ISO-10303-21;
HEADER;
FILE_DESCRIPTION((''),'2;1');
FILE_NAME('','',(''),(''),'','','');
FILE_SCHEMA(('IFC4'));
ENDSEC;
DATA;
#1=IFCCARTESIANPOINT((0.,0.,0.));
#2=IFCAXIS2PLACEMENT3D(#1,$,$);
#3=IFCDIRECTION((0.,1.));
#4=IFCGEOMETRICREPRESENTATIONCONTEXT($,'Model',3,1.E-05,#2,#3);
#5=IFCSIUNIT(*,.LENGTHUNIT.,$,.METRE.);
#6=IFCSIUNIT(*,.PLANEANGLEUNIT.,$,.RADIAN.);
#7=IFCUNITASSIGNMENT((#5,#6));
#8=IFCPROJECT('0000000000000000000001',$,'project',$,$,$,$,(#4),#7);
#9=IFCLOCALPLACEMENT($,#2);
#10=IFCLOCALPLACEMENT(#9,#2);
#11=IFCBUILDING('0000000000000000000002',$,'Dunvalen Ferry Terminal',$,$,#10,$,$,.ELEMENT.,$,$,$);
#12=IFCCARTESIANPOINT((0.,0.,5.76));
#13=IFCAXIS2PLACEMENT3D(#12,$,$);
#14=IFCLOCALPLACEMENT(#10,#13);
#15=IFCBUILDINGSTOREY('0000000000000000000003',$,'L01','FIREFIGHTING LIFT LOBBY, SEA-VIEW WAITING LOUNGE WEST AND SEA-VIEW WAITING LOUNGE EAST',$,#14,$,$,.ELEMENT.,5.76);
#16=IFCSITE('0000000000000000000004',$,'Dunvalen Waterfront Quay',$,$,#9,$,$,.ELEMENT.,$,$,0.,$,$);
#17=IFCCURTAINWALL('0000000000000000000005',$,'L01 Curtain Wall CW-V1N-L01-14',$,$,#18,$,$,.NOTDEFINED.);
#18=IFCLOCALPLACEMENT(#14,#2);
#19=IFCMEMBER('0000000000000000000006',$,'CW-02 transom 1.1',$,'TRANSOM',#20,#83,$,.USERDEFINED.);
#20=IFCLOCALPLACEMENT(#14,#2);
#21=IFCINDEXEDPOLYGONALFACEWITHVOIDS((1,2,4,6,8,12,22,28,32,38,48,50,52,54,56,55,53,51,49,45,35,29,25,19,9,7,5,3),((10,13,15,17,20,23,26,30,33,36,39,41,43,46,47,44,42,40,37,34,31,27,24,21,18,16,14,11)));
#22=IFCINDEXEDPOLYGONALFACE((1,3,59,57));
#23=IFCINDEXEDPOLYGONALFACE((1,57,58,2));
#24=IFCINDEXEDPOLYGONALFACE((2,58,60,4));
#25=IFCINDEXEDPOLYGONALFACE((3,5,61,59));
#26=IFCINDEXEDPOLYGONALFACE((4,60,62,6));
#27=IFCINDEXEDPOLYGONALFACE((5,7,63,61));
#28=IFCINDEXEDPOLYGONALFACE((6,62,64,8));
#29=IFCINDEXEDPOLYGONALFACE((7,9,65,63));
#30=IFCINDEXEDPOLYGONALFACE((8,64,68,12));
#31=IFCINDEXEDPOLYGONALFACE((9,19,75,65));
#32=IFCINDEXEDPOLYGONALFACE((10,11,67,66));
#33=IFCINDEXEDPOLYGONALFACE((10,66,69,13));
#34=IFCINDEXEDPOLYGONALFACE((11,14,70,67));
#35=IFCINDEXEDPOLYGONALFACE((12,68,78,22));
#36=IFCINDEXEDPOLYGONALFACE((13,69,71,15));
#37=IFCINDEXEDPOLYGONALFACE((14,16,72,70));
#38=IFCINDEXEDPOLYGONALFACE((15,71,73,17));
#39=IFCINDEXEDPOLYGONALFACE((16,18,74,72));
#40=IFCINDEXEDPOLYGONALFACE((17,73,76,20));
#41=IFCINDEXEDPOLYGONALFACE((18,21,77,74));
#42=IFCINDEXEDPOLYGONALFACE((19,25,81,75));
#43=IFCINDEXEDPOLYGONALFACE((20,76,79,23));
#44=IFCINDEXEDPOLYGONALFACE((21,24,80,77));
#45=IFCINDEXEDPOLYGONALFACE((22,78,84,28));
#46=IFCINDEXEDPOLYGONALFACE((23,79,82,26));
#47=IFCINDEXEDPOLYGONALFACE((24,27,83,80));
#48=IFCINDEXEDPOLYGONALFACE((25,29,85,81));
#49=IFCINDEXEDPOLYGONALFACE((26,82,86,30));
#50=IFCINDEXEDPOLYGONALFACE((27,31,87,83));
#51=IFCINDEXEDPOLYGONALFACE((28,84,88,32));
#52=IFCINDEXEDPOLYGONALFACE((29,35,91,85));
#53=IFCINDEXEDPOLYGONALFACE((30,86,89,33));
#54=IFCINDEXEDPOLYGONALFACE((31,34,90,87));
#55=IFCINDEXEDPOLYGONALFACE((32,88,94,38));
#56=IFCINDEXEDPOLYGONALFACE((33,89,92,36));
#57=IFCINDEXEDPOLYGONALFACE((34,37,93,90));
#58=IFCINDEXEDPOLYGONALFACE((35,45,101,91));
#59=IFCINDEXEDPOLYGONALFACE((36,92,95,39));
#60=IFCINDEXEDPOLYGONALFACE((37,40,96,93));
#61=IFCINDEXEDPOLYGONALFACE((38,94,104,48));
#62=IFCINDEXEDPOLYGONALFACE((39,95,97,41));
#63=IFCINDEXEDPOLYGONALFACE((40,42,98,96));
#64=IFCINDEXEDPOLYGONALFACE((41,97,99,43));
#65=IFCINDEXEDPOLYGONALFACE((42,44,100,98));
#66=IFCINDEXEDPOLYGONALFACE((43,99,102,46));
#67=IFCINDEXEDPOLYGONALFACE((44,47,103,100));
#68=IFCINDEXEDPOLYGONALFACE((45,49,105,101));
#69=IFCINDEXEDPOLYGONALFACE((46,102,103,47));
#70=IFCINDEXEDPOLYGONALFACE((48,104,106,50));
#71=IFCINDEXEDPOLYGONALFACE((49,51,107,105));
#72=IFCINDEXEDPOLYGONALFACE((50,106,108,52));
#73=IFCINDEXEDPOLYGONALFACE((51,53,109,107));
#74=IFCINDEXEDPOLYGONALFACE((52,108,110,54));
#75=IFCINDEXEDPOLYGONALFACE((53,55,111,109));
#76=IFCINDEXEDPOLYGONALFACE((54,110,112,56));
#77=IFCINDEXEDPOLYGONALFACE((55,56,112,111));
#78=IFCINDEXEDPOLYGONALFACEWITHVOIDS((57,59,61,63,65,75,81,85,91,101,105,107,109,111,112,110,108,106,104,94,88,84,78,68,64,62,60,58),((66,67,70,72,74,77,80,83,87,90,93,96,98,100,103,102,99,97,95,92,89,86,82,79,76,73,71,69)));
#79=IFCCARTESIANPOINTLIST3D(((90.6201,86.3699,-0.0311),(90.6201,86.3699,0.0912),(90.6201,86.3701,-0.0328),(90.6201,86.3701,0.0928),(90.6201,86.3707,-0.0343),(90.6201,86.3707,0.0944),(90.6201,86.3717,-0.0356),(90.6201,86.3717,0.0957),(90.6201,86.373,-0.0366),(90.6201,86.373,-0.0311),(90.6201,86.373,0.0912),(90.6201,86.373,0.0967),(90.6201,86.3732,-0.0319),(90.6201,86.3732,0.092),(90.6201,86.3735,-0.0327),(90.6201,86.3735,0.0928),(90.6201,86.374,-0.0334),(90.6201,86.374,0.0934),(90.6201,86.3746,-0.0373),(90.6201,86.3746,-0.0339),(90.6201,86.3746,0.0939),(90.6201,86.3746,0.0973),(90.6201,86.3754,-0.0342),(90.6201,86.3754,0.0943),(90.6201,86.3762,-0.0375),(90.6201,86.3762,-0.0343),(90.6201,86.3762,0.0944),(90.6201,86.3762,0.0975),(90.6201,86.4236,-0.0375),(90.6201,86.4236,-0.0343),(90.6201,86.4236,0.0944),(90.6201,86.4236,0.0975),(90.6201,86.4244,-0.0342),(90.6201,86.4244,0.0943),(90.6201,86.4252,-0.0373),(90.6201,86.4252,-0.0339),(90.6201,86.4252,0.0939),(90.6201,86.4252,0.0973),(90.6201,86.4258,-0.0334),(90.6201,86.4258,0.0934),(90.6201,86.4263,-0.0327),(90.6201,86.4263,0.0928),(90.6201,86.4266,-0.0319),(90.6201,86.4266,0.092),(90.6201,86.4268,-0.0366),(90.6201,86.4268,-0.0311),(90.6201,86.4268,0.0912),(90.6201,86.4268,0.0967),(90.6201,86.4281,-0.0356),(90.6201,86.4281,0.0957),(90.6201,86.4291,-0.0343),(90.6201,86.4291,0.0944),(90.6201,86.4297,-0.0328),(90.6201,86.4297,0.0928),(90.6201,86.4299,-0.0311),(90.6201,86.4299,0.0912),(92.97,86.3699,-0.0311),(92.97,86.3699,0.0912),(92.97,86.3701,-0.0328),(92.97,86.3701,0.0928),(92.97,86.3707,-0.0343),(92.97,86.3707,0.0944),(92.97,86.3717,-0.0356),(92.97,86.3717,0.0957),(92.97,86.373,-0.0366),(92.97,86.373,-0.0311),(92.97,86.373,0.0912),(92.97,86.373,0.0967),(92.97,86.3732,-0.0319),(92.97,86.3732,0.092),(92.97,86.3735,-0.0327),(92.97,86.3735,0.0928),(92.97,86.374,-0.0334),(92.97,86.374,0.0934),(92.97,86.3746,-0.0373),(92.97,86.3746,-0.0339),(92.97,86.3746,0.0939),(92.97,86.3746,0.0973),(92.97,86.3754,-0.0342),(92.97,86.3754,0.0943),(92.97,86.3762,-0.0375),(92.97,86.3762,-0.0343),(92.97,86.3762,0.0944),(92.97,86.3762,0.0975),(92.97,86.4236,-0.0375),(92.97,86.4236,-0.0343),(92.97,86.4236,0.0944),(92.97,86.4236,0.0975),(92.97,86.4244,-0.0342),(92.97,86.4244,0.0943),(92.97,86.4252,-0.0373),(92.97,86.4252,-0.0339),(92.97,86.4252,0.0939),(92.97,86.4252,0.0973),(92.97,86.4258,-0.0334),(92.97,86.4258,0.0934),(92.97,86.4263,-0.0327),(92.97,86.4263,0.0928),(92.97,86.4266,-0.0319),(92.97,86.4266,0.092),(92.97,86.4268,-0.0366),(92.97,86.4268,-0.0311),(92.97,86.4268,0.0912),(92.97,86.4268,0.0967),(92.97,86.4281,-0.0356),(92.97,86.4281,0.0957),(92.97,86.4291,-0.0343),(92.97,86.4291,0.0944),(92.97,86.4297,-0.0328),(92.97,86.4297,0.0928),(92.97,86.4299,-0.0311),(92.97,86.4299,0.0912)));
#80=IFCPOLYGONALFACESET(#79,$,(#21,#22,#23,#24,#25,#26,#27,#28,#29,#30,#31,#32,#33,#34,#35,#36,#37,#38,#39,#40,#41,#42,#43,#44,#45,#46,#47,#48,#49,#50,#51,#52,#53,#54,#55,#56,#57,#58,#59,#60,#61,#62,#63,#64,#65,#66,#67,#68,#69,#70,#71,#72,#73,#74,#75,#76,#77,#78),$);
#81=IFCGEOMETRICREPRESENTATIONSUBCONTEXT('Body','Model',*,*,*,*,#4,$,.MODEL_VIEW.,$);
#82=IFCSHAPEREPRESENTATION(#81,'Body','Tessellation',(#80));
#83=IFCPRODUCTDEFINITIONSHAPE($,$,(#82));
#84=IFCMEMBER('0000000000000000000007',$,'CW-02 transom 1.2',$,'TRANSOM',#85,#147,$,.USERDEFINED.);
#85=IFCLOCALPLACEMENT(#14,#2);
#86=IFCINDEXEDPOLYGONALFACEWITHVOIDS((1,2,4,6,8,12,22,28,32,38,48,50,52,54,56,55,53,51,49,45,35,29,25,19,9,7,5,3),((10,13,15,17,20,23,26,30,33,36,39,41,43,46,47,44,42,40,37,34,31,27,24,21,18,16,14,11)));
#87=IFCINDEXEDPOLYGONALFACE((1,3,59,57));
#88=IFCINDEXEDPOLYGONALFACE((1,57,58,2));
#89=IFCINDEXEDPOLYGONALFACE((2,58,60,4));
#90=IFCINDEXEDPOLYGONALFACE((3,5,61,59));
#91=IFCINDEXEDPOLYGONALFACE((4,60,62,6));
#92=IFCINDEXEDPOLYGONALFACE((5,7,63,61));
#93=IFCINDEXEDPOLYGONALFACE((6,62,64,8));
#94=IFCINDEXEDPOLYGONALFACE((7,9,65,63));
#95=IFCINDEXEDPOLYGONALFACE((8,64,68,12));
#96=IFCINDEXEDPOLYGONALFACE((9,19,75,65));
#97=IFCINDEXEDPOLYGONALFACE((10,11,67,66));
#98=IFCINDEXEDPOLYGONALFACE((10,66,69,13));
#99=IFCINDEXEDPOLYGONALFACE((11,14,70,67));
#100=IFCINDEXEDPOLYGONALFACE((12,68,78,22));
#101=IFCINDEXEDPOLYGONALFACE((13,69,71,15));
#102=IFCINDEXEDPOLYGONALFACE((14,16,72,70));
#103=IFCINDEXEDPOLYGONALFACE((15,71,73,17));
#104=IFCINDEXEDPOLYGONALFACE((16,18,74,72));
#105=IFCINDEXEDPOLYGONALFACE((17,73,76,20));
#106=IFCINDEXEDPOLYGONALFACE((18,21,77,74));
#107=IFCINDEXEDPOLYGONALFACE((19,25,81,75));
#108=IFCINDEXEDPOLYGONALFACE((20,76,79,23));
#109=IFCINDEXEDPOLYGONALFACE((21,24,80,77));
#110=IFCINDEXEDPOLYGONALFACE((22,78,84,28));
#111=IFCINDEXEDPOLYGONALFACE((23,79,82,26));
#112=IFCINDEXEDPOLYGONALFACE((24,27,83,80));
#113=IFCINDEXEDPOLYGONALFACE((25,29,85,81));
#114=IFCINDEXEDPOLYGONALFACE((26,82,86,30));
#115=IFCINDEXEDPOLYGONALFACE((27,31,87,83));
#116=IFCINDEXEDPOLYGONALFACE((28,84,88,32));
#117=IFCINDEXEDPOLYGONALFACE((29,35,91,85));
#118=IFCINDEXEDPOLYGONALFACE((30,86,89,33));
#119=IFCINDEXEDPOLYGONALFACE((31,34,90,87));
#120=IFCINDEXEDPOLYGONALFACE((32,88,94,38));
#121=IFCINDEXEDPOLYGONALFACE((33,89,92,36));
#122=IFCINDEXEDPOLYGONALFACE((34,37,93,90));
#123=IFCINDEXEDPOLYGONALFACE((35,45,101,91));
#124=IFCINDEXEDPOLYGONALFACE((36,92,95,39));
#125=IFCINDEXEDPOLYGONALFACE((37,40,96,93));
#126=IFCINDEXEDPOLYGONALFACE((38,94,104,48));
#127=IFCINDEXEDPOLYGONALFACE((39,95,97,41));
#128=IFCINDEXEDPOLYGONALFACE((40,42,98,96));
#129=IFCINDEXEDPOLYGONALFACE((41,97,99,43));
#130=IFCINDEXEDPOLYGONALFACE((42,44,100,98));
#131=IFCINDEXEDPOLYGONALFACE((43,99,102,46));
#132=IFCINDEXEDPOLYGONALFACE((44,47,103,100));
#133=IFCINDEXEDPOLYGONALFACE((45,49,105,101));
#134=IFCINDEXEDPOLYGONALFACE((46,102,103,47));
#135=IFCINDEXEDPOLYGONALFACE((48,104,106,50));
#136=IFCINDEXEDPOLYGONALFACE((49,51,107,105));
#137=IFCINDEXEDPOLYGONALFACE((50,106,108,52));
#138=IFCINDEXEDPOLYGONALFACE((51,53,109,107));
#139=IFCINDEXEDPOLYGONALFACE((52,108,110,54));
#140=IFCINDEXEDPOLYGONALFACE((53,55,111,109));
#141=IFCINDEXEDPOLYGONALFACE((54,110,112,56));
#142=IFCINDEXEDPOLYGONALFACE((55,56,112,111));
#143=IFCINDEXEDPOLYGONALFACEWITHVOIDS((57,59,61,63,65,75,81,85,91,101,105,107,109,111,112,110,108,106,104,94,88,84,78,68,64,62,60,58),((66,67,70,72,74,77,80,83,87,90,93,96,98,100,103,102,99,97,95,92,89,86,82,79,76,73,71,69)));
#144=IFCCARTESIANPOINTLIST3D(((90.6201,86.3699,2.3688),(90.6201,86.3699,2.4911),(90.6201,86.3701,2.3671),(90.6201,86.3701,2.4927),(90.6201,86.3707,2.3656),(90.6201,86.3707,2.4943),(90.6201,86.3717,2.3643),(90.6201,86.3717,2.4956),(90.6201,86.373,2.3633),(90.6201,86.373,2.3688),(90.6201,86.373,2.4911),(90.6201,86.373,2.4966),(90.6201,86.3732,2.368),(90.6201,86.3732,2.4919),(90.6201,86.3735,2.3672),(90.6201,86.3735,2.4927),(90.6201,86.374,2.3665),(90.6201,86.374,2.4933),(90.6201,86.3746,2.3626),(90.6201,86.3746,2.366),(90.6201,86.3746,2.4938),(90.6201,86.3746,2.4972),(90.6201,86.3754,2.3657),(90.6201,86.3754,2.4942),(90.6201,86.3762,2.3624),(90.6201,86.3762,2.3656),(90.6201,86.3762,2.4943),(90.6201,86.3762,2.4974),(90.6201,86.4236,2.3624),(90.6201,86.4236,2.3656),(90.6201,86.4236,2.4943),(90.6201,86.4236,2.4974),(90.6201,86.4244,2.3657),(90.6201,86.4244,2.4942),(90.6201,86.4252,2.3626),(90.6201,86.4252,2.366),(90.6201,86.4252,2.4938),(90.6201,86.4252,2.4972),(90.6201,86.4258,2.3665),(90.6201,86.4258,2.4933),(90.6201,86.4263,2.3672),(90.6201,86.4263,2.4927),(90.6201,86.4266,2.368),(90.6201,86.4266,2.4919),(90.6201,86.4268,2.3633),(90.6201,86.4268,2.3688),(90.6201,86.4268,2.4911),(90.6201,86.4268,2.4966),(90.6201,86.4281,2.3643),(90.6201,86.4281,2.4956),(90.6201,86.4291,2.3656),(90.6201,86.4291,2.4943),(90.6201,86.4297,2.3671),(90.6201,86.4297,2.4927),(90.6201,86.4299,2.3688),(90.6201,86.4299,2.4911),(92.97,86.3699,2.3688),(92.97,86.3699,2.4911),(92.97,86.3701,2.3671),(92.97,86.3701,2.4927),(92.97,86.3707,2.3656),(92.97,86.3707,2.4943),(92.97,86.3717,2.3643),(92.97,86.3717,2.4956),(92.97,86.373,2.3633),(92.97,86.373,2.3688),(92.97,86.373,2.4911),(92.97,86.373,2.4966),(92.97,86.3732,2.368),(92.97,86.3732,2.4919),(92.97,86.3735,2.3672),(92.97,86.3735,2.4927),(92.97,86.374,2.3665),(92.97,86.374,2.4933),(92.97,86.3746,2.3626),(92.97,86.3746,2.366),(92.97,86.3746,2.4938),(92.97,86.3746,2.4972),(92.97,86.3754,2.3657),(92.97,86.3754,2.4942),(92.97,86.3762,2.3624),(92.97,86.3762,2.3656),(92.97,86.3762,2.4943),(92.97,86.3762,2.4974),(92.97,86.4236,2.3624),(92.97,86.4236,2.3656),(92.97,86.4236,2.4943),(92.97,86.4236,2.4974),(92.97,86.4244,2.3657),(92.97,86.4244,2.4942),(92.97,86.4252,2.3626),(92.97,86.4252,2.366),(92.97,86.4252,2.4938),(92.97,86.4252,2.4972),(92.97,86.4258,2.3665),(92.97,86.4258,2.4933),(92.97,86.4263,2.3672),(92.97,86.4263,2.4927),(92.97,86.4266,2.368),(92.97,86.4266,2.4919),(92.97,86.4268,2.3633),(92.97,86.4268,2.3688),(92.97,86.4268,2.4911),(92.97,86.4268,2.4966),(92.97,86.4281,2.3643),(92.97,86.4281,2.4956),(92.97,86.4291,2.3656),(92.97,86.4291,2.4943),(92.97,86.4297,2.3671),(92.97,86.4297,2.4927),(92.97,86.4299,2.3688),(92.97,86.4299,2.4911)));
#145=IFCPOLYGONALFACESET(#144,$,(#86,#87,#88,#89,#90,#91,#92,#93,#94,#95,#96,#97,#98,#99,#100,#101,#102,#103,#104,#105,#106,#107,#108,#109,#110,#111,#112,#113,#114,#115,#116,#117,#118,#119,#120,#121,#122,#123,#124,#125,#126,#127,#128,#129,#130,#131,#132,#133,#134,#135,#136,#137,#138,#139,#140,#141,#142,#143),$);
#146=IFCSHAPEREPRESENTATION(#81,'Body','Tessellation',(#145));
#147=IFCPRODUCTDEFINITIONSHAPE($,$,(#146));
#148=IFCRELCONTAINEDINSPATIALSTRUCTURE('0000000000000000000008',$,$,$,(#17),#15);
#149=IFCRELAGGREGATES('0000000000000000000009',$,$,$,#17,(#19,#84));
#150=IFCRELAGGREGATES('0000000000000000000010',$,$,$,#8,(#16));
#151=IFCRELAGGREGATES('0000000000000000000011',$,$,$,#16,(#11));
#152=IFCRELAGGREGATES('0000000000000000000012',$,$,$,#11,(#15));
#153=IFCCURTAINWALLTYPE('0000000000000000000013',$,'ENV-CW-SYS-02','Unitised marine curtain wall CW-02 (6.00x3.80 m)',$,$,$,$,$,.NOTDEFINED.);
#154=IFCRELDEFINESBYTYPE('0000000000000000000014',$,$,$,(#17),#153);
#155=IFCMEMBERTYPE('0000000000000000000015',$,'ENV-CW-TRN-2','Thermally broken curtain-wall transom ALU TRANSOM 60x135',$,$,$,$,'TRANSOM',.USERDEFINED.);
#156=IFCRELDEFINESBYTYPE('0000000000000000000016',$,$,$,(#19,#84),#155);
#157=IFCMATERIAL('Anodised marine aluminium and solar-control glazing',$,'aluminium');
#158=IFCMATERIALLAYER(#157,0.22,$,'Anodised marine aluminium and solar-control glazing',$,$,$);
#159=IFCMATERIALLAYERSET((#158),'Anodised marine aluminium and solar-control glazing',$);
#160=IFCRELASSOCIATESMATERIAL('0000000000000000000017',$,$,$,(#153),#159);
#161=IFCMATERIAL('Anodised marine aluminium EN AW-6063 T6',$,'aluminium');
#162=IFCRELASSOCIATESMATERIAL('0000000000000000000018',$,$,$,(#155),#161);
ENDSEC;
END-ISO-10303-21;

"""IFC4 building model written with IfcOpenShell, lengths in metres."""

from ifc_helpers import new_model, si_unit, direction, frame, origin, origin_2d, place, context, subcontext, project, spatial, hollow_rectangle, extrude, material, layer, layer_set, material_profile, profile_set, type_object, element, aggregate, save


model = new_model("IFC4")

# Units and contexts
model_context = context("Model", 3, precision=1e-05, world=origin(), true_north=direction((0.0, 1.0)))
body_context = subcontext(model_context, "Body", "Model", "MODEL_VIEW")
ifc_project = project(units=[si_unit("LENGTHUNIT", "METRE"), si_unit("PLANEANGLEUNIT", "RADIAN")], contexts=[model_context])

# Site, building, storey
site_placement = place(None, origin())
site = spatial("IfcSite", under=ifc_project, at=site_placement, Name="Dunvalen Waterfront Quay", CompositionType="ELEMENT", RefElevation=0.0)
building_placement = place(site_placement, origin())
building = spatial("IfcBuilding", under=site, at=building_placement, Name="Dunvalen Ferry Terminal", CompositionType="ELEMENT")
storey_placement = place(building_placement, frame((0.0, 0.0, 5.76)))
storey = spatial("IfcBuildingStorey", under=building, at=storey_placement, Name="L01", Description="FIREFIGHTING LIFT LOBBY, SEA-VIEW WAITING LOUNGE WEST AND SEA-VIEW WAITING LOUNGE EAST", CompositionType="ELEMENT", Elevation=5.76)

# Curtain wall
ifc_material_1 = material(Name="Anodised marine aluminium and solar-control glazing", Category="aluminium")
ifc_layer_1 = layer(ifc_material_1, 0.22, Name="Anodised marine aluminium and solar-control glazing")
ifc_layer_set_1 = layer_set([ifc_layer_1], Name="Anodised marine aluminium and solar-control glazing")
curtain_wall_type_1 = type_object("IfcCurtainWallType", Name="ENV-CW-SYS-02", Description="Unitised marine curtain wall CW-02 (6.00x3.80 m)", PredefinedType="NOTDEFINED", material=ifc_layer_set_1)
ifc_material_2 = material(Name="Anodised marine aluminium EN AW-6063 T6", Category="aluminium")
curtain_wall_1_placement = place(storey_placement, origin())
curtain_wall_1 = element("IfcCurtainWall", 1, at=curtain_wall_1_placement, inside=storey, type_object=curtain_wall_type_1, Name="L01 Curtain Wall CW-V1N-L01-14", PredefinedType="NOTDEFINED")

# Members
ifc_material_profile_1 = material_profile(ifc_material_2, hollow_rectangle(XDim=0.0601, YDim=0.135, WallThickness=0.0032, InnerFilletRadius=0.0032, OuterFilletRadius=0.0063, at=origin_2d()), Name="Anodised marine aluminium EN AW-6063 T6")
ifc_profile_set_1 = profile_set([ifc_material_profile_1], Name="Anodised marine aluminium EN AW-6063 T6")
member_type_1 = type_object("IfcMemberType", Name="ENV-CW-TRN-2", Description="Thermally broken curtain-wall transom ALU TRANSOM 60x135", ElementType="TRANSOM", PredefinedType="USERDEFINED", material=ifc_profile_set_1)
member_1_placement = place(storey_placement, frame((90.6201, 86.3999, 0.03), z_axis=(1.0, 0.0, 0.0), x_axis=(0.0, 1.0, 0.0)))
member_1 = element("IfcMember", 2, at=member_1_placement, type_object=member_type_1, Name="CW-02 transom 1.1", ObjectType="TRANSOM", PredefinedType="USERDEFINED", context=body_context, shape_type="SweptSolid", body=[
    extrude(hollow_rectangle(XDim=0.0601, YDim=0.135, WallThickness=0.0032, InnerFilletRadius=0.0032, OuterFilletRadius=0.0063, at=origin_2d()), origin(), (0.0, 0.0, 1.0), 2.3499),
])
member_2_placement = place(storey_placement, frame((90.6201, 86.3999, 2.4299), z_axis=(1.0, 0.0, 0.0), x_axis=(0.0, 1.0, 0.0)))
member_2 = element("IfcMember", 3, at=member_2_placement, type_object=member_type_1, Name="CW-02 transom 1.2", ObjectType="TRANSOM", PredefinedType="USERDEFINED", context=body_context, shape_type="SweptSolid", body=[
    extrude(hollow_rectangle(XDim=0.0601, YDim=0.135, WallThickness=0.0032, InnerFilletRadius=0.0032, OuterFilletRadius=0.0063, at=origin_2d()), origin(), (0.0, 0.0, 1.0), 2.3499),
])

aggregate(curtain_wall_1, [member_1, member_2])

save(model, "model.ifc")
